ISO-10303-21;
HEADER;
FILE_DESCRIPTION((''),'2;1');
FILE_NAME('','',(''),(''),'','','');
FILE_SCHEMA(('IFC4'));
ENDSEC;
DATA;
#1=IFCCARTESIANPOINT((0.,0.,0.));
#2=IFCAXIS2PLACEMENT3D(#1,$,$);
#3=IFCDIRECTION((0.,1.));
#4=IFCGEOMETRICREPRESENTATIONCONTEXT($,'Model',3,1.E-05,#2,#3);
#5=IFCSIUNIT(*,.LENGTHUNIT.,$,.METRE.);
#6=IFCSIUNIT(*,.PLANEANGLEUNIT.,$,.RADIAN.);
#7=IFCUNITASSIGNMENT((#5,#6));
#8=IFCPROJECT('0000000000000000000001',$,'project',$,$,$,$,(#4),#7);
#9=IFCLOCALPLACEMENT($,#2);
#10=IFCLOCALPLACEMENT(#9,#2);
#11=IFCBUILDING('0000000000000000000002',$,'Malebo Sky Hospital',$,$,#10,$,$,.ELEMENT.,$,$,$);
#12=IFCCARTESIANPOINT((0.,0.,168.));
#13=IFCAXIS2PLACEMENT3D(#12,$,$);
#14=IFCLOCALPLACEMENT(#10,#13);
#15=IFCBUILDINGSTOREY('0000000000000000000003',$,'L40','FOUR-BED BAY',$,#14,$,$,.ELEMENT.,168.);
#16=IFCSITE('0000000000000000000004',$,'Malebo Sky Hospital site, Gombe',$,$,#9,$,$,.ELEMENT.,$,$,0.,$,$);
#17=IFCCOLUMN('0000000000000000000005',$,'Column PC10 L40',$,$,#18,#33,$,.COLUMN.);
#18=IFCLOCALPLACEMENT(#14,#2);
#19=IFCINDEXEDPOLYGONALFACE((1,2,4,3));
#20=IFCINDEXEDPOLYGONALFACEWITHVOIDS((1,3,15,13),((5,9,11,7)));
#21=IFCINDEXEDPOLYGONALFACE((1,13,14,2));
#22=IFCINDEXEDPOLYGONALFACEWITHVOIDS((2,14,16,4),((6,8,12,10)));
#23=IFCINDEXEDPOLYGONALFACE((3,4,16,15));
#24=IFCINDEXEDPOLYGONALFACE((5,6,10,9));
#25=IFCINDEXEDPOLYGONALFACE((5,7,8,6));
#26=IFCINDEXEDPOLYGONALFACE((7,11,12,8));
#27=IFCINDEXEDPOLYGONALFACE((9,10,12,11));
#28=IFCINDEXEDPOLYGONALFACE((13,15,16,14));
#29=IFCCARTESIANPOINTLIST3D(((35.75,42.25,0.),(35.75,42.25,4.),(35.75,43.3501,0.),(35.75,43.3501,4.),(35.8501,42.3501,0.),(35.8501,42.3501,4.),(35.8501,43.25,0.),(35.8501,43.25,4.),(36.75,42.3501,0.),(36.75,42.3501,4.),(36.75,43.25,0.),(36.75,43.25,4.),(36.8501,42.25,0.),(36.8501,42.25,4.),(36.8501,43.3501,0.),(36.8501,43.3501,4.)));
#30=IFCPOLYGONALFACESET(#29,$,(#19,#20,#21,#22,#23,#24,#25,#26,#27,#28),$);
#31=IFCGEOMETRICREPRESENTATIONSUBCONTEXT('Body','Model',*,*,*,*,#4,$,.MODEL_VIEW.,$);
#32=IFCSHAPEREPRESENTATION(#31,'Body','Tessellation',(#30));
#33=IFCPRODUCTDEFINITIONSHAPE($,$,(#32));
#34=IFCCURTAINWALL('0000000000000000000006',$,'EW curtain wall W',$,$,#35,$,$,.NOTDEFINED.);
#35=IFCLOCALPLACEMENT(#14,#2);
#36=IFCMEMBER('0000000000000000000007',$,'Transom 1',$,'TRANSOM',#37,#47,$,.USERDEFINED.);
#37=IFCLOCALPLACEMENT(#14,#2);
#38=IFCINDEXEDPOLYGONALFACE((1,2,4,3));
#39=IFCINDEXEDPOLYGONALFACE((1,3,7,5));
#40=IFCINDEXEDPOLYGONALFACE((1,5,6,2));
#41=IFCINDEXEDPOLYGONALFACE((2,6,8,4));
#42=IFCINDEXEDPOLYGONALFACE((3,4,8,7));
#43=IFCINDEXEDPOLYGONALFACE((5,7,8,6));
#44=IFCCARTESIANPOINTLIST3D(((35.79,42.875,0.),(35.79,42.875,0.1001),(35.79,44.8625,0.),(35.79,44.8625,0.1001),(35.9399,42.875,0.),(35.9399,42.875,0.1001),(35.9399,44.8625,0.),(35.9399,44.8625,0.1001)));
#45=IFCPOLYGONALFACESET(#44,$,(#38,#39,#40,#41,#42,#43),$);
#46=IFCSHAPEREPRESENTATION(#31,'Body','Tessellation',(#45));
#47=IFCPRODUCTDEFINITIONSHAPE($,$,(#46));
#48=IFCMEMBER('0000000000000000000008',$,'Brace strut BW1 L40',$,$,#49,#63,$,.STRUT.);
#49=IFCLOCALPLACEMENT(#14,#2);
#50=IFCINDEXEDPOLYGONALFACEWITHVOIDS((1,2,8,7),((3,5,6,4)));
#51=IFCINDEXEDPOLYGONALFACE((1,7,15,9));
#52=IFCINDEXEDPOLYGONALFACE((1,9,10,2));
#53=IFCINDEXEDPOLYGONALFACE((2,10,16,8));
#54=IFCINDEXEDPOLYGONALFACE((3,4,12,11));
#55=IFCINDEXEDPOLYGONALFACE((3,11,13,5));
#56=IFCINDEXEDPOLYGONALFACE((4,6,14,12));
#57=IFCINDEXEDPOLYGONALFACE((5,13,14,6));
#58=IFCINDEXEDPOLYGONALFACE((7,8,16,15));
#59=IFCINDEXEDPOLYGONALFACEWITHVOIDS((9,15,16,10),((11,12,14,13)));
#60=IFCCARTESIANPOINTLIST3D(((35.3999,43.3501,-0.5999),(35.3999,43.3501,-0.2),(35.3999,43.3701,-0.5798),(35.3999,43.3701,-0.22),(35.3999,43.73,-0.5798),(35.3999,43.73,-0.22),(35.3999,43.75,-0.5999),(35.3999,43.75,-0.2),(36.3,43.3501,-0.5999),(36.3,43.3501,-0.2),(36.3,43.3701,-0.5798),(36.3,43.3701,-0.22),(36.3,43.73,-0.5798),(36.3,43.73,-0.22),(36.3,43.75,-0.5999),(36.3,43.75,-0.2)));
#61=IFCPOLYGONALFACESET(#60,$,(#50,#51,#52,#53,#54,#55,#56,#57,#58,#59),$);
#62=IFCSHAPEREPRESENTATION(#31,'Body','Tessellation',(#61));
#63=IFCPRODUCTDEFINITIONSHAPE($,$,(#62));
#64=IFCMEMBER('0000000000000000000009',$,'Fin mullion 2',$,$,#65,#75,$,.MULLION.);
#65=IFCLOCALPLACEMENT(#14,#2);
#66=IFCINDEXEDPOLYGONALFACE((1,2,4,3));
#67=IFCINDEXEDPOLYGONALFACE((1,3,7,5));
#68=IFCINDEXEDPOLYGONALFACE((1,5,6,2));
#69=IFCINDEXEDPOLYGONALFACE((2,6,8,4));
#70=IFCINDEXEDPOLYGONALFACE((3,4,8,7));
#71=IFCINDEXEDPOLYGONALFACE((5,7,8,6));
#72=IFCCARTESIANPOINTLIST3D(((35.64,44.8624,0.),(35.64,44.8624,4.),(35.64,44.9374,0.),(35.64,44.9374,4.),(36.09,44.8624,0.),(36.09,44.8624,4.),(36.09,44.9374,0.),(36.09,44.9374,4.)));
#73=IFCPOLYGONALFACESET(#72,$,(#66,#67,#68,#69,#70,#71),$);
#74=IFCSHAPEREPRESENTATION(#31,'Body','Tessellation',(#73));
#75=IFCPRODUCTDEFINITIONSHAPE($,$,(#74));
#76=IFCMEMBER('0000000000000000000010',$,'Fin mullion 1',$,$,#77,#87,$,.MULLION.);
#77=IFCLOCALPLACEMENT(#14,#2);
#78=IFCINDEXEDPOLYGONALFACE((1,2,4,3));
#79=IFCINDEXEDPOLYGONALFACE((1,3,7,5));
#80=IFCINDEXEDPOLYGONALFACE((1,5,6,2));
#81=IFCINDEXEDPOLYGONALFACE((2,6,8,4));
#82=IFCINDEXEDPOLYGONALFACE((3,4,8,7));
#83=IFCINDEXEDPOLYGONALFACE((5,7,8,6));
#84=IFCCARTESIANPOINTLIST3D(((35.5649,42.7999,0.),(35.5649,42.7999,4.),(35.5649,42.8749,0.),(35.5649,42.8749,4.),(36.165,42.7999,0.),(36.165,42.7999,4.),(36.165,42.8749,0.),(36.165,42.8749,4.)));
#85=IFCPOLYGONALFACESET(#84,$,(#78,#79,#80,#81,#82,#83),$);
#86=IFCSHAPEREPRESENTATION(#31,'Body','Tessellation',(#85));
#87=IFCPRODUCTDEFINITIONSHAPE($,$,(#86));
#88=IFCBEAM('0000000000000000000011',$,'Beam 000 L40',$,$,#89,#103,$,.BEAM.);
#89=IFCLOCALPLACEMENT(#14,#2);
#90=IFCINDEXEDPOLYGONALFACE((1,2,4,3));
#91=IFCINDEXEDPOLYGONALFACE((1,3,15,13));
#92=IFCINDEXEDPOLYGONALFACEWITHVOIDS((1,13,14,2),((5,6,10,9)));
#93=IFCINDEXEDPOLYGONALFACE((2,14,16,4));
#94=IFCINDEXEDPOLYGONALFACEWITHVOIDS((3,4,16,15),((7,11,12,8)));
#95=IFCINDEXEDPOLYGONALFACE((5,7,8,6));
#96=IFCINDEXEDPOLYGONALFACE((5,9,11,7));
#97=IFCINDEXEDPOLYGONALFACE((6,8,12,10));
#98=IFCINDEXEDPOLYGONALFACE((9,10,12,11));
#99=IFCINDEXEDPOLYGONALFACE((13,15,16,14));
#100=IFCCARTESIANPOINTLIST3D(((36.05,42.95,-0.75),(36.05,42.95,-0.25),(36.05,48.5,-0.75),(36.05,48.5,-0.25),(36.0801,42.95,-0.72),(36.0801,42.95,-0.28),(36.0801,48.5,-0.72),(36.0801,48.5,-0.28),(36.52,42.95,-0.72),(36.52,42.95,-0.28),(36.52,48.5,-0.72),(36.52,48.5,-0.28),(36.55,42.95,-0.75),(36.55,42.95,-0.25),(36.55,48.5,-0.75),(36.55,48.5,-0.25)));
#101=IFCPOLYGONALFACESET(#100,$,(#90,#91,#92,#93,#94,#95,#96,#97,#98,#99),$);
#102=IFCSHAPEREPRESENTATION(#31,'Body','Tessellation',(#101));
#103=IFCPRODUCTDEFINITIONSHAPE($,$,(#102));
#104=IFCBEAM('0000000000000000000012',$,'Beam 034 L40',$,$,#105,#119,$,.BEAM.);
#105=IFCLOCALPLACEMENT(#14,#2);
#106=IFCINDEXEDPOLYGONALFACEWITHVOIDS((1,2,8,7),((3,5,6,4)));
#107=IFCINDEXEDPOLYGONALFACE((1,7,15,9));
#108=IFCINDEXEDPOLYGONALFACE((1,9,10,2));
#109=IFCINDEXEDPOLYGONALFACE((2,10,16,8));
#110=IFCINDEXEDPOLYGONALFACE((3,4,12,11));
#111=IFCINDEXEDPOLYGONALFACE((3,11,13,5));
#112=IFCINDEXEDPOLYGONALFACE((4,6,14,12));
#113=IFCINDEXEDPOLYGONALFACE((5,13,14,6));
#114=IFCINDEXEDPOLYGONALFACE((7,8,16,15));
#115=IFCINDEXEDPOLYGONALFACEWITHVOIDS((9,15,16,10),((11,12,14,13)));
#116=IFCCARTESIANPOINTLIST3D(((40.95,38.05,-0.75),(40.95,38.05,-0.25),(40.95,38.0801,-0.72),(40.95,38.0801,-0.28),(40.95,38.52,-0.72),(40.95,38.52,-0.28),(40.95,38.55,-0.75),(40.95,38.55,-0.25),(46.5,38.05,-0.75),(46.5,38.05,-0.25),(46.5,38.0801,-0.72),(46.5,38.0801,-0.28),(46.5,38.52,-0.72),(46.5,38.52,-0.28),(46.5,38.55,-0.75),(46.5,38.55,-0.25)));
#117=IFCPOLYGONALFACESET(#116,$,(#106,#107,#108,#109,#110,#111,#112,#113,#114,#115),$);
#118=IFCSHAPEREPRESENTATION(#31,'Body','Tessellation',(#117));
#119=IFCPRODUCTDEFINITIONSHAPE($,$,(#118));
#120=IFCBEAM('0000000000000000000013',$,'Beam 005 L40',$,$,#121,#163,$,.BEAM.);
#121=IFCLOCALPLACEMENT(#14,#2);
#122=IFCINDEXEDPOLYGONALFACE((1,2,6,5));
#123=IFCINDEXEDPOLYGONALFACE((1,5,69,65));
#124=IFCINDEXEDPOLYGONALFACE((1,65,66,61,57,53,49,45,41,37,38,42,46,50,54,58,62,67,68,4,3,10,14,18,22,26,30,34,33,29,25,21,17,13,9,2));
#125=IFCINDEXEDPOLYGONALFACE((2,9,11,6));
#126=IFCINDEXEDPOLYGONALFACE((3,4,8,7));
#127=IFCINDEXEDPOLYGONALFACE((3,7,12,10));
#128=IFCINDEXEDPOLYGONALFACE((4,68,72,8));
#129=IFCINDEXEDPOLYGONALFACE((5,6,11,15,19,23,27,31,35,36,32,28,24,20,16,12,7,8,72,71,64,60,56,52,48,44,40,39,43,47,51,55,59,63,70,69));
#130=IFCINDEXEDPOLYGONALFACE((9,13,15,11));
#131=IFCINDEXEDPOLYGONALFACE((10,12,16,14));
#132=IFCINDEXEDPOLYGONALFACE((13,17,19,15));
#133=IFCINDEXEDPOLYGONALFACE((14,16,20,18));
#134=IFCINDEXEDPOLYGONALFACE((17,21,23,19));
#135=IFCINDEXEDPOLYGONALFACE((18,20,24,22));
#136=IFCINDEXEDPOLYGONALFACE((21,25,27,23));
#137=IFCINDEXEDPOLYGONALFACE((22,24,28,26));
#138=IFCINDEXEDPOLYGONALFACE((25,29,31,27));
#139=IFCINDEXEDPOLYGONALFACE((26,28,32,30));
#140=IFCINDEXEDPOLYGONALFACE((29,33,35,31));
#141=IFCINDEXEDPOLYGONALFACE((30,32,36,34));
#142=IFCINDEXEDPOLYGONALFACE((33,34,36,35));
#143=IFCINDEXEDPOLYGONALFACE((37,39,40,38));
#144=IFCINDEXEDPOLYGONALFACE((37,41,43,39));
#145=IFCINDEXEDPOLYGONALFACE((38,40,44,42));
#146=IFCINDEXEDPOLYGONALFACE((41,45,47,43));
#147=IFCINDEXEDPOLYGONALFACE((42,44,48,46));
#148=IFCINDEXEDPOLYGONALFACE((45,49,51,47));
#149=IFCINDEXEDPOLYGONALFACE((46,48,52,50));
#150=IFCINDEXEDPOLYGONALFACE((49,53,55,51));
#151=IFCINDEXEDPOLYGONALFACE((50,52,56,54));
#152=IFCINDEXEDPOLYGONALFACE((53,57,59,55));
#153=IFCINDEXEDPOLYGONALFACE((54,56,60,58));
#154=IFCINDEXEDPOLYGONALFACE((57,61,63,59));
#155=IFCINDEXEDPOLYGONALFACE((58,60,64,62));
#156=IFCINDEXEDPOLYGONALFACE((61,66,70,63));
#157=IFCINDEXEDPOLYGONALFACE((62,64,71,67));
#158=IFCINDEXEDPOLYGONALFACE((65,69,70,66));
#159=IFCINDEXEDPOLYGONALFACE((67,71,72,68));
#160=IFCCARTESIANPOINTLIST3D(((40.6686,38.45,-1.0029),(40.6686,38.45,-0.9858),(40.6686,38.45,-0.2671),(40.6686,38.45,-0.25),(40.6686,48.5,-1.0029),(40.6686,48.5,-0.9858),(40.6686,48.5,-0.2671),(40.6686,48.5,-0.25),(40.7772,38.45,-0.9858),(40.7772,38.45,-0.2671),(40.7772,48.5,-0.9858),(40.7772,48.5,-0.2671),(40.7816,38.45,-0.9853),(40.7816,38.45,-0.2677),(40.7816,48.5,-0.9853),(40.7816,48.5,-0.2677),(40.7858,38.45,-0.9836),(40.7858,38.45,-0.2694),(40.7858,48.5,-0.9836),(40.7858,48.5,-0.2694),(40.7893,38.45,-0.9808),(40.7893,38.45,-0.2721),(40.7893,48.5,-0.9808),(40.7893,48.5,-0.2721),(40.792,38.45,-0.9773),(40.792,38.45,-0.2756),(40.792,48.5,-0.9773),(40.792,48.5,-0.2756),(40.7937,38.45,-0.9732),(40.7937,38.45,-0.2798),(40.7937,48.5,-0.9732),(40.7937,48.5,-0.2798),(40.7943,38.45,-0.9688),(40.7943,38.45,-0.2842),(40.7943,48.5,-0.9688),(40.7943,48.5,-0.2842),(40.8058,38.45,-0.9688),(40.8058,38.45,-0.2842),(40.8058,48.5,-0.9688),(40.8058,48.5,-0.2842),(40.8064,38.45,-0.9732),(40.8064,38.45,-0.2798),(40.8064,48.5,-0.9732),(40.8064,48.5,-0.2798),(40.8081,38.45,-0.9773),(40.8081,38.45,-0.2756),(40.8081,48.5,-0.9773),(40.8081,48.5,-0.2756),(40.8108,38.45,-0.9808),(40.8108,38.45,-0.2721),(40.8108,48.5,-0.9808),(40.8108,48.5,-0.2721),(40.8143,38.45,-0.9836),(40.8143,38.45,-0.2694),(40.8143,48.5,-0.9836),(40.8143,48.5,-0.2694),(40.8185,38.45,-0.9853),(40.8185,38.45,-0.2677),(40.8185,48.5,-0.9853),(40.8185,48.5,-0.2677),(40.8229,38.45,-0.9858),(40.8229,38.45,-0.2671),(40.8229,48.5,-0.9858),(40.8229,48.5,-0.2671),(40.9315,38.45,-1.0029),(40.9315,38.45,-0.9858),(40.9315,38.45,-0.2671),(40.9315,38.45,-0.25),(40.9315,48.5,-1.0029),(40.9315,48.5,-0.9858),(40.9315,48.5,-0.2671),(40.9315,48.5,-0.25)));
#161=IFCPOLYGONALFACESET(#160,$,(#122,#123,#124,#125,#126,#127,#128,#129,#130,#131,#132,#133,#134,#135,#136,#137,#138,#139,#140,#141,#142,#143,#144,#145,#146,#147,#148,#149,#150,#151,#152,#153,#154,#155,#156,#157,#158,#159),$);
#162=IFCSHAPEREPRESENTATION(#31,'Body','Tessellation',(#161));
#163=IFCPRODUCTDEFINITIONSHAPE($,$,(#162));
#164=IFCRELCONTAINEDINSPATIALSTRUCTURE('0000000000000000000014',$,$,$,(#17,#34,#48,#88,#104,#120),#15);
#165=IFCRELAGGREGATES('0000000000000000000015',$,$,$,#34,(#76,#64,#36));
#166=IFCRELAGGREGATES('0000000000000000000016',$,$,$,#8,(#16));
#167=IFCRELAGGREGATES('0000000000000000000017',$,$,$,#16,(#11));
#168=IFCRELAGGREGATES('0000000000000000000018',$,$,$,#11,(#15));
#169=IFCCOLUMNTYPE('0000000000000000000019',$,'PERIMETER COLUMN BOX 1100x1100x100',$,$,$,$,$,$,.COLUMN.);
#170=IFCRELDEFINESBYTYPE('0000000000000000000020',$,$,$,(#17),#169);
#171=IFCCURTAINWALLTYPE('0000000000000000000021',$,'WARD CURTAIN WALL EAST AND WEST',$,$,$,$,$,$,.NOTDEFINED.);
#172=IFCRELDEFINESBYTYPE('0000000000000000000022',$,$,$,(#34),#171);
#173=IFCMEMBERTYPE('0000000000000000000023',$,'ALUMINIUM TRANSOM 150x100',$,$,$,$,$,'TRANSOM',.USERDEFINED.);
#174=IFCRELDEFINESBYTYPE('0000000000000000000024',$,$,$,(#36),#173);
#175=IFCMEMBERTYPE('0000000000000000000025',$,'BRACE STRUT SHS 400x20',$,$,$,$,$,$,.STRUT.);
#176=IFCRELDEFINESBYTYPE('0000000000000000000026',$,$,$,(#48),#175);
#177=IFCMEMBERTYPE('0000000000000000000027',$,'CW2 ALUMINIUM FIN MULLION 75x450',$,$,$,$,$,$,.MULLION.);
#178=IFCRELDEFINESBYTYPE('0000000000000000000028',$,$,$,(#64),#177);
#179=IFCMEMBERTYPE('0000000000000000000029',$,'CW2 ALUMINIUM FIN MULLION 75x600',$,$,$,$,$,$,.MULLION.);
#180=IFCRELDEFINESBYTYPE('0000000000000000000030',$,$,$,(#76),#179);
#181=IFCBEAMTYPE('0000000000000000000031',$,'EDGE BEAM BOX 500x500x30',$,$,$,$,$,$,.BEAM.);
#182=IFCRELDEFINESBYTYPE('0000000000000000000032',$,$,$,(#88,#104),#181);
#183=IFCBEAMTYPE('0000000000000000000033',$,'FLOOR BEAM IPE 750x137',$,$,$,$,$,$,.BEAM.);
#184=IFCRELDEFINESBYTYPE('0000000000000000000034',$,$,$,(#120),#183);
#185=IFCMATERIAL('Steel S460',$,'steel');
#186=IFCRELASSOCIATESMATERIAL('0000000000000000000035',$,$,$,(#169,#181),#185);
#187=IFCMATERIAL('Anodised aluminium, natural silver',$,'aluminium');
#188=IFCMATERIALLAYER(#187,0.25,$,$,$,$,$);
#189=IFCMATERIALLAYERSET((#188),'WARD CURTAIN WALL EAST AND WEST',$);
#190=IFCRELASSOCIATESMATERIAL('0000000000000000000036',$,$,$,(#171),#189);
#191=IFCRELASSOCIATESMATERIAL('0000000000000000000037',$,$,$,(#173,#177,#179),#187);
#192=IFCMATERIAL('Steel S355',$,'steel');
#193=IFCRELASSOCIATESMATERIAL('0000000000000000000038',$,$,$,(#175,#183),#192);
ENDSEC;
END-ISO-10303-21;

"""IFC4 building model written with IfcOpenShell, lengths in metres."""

from ifc_helpers import new_model, si_unit, direction, frame, origin, origin_2d, place, context, subcontext, project, spatial, rectangle, hollow_rectangle, i_section, extrude, material, layer, layer_set, material_profile, profile_set, type_object, element, aggregate, save


model = new_model("IFC4")

# Units and contexts
model_context = context("Model", 3, precision=1e-05, world=origin(), true_north=direction((0.0, 1.0)))
body_context = subcontext(model_context, "Body", "Model", "MODEL_VIEW")
ifc_project = project(units=[si_unit("LENGTHUNIT", "METRE"), si_unit("PLANEANGLEUNIT", "RADIAN")], contexts=[model_context])

# Site, building, storey
site_placement = place(None, origin())
site = spatial("IfcSite", under=ifc_project, at=site_placement, Name="Malebo Sky Hospital site, Gombe", CompositionType="ELEMENT", RefElevation=0.0)
building_placement = place(site_placement, origin())
building = spatial("IfcBuilding", under=site, at=building_placement, Name="Malebo Sky Hospital", CompositionType="ELEMENT")
storey_placement = place(building_placement, frame((0.0, 0.0, 168.0)))
storey = spatial("IfcBuildingStorey", under=building, at=storey_placement, Name="L40", Description="FOUR-BED BAY", CompositionType="ELEMENT", Elevation=168.0)

# Column
ifc_material_1 = material(Name="Steel S460", Category="steel")
ifc_material_profile_1 = material_profile(ifc_material_1, hollow_rectangle(XDim=1.1001, YDim=1.1001, WallThickness=0.1001, at=origin_2d()), Name="BOX 1100x1100x100")
ifc_profile_set_1 = profile_set([ifc_material_profile_1], Name="Steel S460")
column_type = type_object("IfcColumnType", Name="PERIMETER COLUMN BOX 1100x1100x100", PredefinedType="COLUMN", material=ifc_profile_set_1)
column_placement = place(storey_placement, frame((36.3, 42.8, 0.0), z_axis=(0.0, 0.0, 1.0), x_axis=(1.0, 0.0, 0.0)))
element("IfcColumn", 1, at=column_placement, inside=storey, type_object=column_type, Name="Column PC10 L40", PredefinedType="COLUMN", context=body_context, shape_type="SweptSolid", body=[
    extrude(hollow_rectangle(XDim=1.1001, YDim=1.1001, WallThickness=0.1001, at=origin_2d()), origin(), (0.0, 0.0, 1.0), 4.0),
])

# Curtain wall, member
ifc_material_2 = material(Name="Anodised aluminium, natural silver", Category="aluminium")
ifc_layer_1 = layer(ifc_material_2, 0.25)
ifc_layer_set_1 = layer_set([ifc_layer_1], Name="WARD CURTAIN WALL EAST AND WEST")
curtain_wall_type = type_object("IfcCurtainWallType", Name="WARD CURTAIN WALL EAST AND WEST", PredefinedType="NOTDEFINED", material=ifc_layer_set_1)
curtain_wall_placement = place(storey_placement, origin())
curtain_wall = element("IfcCurtainWall", 2, at=curtain_wall_placement, inside=storey, type_object=curtain_wall_type, Name="EW curtain wall W", PredefinedType="NOTDEFINED")
ifc_material_profile_2 = material_profile(ifc_material_2, rectangle(XDim=0.1499, YDim=0.1001, at=origin_2d()), Name="ALUMINIUM TRANSOM 150x100")
ifc_profile_set_2 = profile_set([ifc_material_profile_2], Name="Anodised aluminium, natural silver")
member_type_1 = type_object("IfcMemberType", Name="ALUMINIUM TRANSOM 150x100", ElementType="TRANSOM", PredefinedType="USERDEFINED", material=ifc_profile_set_2)
member_1_placement = place(storey_placement, frame((35.865, 42.875, 0.05), z_axis=(0.0, 1.0, 0.0), x_axis=(-1.0, 0.0, 0.0)))
member_1 = element("IfcMember", 3, at=member_1_placement, type_object=member_type_1, Name="Transom 1", ObjectType="TRANSOM", PredefinedType="USERDEFINED", context=body_context, shape_type="SweptSolid", body=[
    extrude(rectangle(XDim=0.1499, YDim=0.1001, at=origin_2d()), origin(), (0.0, 0.0, 1.0), 1.9875),
])

# Members
ifc_material_3 = material(Name="Steel S355", Category="steel")
ifc_material_profile_3 = material_profile(ifc_material_3, hollow_rectangle(XDim=0.3999, YDim=0.3999, WallThickness=0.02, at=origin_2d()), Name="SHS 400x20")
ifc_profile_set_3 = profile_set([ifc_material_profile_3], Name="Steel S355")
member_type_2 = type_object("IfcMemberType", Name="BRACE STRUT SHS 400x20", PredefinedType="STRUT", material=ifc_profile_set_3)
member_2_placement = place(storey_placement, frame((35.3999, 43.55, -0.3999), z_axis=(1.0, 0.0, 0.0), x_axis=(0.0, 1.0, 0.0)))
element("IfcMember", 4, at=member_2_placement, inside=storey, type_object=member_type_2, Name="Brace strut BW1 L40", PredefinedType="STRUT", context=body_context, shape_type="SweptSolid", body=[
    extrude(hollow_rectangle(XDim=0.3999, YDim=0.3999, WallThickness=0.02, at=origin_2d()), origin(), (0.0, 0.0, 1.0), 0.9001),
])
ifc_material_profile_4 = material_profile(ifc_material_2, rectangle(XDim=0.075, YDim=0.45, at=origin_2d()), Name="CW2 ALUMINIUM FIN MULLION 75x450")
ifc_profile_set_4 = profile_set([ifc_material_profile_4], Name="Anodised aluminium, natural silver")
member_type_3 = type_object("IfcMemberType", Name="CW2 ALUMINIUM FIN MULLION 75x450", PredefinedType="MULLION", material=ifc_profile_set_4)
member_3_placement = place(storey_placement, frame((35.865, 44.8999, 0.0), z_axis=(0.0, 0.0, 1.0), x_axis=(0.0, 1.0, 0.0)))
member_3 = element("IfcMember", 5, at=member_3_placement, type_object=member_type_3, Name="Fin mullion 2", PredefinedType="MULLION", context=body_context, shape_type="SweptSolid", body=[
    extrude(rectangle(XDim=0.075, YDim=0.45, at=origin_2d()), origin(), (0.0, 0.0, 1.0), 4.0),
])
ifc_material_profile_5 = material_profile(ifc_material_2, rectangle(XDim=0.075, YDim=0.6001, at=origin_2d()), Name="CW2 ALUMINIUM FIN MULLION 75x600")
ifc_profile_set_5 = profile_set([ifc_material_profile_5], Name="Anodised aluminium, natural silver")
member_type_4 = type_object("IfcMemberType", Name="CW2 ALUMINIUM FIN MULLION 75x600", PredefinedType="MULLION", material=ifc_profile_set_5)
member_4_placement = place(storey_placement, frame((35.865, 42.8374, 0.0), z_axis=(0.0, 0.0, 1.0), x_axis=(0.0, 1.0, 0.0)))
member_4 = element("IfcMember", 6, at=member_4_placement, type_object=member_type_4, Name="Fin mullion 1", PredefinedType="MULLION", context=body_context, shape_type="SweptSolid", body=[
    extrude(rectangle(XDim=0.075, YDim=0.6001, at=origin_2d()), origin(), (0.0, 0.0, 1.0), 4.0),
])

# Beams
ifc_material_profile_6 = material_profile(ifc_material_1, hollow_rectangle(XDim=0.5, YDim=0.5, WallThickness=0.03, at=origin_2d()), Name="BOX 500x500x30")
ifc_profile_set_6 = profile_set([ifc_material_profile_6], Name="Steel S460")
beam_type_1 = type_object("IfcBeamType", Name="EDGE BEAM BOX 500x500x30", PredefinedType="BEAM", material=ifc_profile_set_6)
for number, where, z_axis, x_axis, name in (
    (7, (36.3, 42.95, -0.5), (0.0, 1.0, 0.0), (-1.0, 0.0, 0.0), "Beam 000 L40"),
    (8, (40.95, 38.3, -0.5), (1.0, 0.0, 0.0), (0.0, 1.0, 0.0), "Beam 034 L40"),
):
    element("IfcBeam", number, at=place(storey_placement, frame(where, z_axis=z_axis, x_axis=x_axis)), inside=storey, type_object=beam_type_1, Name=name, PredefinedType="BEAM", context=body_context, shape_type="SweptSolid", body=[
        extrude(hollow_rectangle(XDim=0.5, YDim=0.5, WallThickness=0.03, at=origin_2d()), origin(), (0.0, 0.0, 1.0), 5.55),
    ])
ifc_material_profile_7 = material_profile(ifc_material_3, i_section(OverallWidth=0.2629, OverallDepth=0.7529, WebThickness=0.0115, FlangeThickness=0.0171, FilletRadius=0.0171, at=origin_2d()), Name="IPE 750x137")
ifc_profile_set_7 = profile_set([ifc_material_profile_7], Name="Steel S355")
beam_type_2 = type_object("IfcBeamType", Name="FLOOR BEAM IPE 750x137", PredefinedType="BEAM", material=ifc_profile_set_7)
for number, where, z_axis, x_axis, name in (
    (9, (40.8, 38.45, -0.6265), (0.0, 1.0, 0.0), (-1.0, 0.0, 0.0), "Beam 005 L40"),
):
    element("IfcBeam", number, at=place(storey_placement, frame(where, z_axis=z_axis, x_axis=x_axis)), inside=storey, type_object=beam_type_2, Name=name, PredefinedType="BEAM", context=body_context, shape_type="SweptSolid", body=[
        extrude(i_section(OverallWidth=0.2629, OverallDepth=0.7529, WebThickness=0.0115, FlangeThickness=0.0171, FilletRadius=0.0171, at=origin_2d()), origin(), (0.0, 0.0, 1.0), 10.05),
    ])

aggregate(curtain_wall, [member_4, member_3, member_1])

save(model, "model.ifc")
